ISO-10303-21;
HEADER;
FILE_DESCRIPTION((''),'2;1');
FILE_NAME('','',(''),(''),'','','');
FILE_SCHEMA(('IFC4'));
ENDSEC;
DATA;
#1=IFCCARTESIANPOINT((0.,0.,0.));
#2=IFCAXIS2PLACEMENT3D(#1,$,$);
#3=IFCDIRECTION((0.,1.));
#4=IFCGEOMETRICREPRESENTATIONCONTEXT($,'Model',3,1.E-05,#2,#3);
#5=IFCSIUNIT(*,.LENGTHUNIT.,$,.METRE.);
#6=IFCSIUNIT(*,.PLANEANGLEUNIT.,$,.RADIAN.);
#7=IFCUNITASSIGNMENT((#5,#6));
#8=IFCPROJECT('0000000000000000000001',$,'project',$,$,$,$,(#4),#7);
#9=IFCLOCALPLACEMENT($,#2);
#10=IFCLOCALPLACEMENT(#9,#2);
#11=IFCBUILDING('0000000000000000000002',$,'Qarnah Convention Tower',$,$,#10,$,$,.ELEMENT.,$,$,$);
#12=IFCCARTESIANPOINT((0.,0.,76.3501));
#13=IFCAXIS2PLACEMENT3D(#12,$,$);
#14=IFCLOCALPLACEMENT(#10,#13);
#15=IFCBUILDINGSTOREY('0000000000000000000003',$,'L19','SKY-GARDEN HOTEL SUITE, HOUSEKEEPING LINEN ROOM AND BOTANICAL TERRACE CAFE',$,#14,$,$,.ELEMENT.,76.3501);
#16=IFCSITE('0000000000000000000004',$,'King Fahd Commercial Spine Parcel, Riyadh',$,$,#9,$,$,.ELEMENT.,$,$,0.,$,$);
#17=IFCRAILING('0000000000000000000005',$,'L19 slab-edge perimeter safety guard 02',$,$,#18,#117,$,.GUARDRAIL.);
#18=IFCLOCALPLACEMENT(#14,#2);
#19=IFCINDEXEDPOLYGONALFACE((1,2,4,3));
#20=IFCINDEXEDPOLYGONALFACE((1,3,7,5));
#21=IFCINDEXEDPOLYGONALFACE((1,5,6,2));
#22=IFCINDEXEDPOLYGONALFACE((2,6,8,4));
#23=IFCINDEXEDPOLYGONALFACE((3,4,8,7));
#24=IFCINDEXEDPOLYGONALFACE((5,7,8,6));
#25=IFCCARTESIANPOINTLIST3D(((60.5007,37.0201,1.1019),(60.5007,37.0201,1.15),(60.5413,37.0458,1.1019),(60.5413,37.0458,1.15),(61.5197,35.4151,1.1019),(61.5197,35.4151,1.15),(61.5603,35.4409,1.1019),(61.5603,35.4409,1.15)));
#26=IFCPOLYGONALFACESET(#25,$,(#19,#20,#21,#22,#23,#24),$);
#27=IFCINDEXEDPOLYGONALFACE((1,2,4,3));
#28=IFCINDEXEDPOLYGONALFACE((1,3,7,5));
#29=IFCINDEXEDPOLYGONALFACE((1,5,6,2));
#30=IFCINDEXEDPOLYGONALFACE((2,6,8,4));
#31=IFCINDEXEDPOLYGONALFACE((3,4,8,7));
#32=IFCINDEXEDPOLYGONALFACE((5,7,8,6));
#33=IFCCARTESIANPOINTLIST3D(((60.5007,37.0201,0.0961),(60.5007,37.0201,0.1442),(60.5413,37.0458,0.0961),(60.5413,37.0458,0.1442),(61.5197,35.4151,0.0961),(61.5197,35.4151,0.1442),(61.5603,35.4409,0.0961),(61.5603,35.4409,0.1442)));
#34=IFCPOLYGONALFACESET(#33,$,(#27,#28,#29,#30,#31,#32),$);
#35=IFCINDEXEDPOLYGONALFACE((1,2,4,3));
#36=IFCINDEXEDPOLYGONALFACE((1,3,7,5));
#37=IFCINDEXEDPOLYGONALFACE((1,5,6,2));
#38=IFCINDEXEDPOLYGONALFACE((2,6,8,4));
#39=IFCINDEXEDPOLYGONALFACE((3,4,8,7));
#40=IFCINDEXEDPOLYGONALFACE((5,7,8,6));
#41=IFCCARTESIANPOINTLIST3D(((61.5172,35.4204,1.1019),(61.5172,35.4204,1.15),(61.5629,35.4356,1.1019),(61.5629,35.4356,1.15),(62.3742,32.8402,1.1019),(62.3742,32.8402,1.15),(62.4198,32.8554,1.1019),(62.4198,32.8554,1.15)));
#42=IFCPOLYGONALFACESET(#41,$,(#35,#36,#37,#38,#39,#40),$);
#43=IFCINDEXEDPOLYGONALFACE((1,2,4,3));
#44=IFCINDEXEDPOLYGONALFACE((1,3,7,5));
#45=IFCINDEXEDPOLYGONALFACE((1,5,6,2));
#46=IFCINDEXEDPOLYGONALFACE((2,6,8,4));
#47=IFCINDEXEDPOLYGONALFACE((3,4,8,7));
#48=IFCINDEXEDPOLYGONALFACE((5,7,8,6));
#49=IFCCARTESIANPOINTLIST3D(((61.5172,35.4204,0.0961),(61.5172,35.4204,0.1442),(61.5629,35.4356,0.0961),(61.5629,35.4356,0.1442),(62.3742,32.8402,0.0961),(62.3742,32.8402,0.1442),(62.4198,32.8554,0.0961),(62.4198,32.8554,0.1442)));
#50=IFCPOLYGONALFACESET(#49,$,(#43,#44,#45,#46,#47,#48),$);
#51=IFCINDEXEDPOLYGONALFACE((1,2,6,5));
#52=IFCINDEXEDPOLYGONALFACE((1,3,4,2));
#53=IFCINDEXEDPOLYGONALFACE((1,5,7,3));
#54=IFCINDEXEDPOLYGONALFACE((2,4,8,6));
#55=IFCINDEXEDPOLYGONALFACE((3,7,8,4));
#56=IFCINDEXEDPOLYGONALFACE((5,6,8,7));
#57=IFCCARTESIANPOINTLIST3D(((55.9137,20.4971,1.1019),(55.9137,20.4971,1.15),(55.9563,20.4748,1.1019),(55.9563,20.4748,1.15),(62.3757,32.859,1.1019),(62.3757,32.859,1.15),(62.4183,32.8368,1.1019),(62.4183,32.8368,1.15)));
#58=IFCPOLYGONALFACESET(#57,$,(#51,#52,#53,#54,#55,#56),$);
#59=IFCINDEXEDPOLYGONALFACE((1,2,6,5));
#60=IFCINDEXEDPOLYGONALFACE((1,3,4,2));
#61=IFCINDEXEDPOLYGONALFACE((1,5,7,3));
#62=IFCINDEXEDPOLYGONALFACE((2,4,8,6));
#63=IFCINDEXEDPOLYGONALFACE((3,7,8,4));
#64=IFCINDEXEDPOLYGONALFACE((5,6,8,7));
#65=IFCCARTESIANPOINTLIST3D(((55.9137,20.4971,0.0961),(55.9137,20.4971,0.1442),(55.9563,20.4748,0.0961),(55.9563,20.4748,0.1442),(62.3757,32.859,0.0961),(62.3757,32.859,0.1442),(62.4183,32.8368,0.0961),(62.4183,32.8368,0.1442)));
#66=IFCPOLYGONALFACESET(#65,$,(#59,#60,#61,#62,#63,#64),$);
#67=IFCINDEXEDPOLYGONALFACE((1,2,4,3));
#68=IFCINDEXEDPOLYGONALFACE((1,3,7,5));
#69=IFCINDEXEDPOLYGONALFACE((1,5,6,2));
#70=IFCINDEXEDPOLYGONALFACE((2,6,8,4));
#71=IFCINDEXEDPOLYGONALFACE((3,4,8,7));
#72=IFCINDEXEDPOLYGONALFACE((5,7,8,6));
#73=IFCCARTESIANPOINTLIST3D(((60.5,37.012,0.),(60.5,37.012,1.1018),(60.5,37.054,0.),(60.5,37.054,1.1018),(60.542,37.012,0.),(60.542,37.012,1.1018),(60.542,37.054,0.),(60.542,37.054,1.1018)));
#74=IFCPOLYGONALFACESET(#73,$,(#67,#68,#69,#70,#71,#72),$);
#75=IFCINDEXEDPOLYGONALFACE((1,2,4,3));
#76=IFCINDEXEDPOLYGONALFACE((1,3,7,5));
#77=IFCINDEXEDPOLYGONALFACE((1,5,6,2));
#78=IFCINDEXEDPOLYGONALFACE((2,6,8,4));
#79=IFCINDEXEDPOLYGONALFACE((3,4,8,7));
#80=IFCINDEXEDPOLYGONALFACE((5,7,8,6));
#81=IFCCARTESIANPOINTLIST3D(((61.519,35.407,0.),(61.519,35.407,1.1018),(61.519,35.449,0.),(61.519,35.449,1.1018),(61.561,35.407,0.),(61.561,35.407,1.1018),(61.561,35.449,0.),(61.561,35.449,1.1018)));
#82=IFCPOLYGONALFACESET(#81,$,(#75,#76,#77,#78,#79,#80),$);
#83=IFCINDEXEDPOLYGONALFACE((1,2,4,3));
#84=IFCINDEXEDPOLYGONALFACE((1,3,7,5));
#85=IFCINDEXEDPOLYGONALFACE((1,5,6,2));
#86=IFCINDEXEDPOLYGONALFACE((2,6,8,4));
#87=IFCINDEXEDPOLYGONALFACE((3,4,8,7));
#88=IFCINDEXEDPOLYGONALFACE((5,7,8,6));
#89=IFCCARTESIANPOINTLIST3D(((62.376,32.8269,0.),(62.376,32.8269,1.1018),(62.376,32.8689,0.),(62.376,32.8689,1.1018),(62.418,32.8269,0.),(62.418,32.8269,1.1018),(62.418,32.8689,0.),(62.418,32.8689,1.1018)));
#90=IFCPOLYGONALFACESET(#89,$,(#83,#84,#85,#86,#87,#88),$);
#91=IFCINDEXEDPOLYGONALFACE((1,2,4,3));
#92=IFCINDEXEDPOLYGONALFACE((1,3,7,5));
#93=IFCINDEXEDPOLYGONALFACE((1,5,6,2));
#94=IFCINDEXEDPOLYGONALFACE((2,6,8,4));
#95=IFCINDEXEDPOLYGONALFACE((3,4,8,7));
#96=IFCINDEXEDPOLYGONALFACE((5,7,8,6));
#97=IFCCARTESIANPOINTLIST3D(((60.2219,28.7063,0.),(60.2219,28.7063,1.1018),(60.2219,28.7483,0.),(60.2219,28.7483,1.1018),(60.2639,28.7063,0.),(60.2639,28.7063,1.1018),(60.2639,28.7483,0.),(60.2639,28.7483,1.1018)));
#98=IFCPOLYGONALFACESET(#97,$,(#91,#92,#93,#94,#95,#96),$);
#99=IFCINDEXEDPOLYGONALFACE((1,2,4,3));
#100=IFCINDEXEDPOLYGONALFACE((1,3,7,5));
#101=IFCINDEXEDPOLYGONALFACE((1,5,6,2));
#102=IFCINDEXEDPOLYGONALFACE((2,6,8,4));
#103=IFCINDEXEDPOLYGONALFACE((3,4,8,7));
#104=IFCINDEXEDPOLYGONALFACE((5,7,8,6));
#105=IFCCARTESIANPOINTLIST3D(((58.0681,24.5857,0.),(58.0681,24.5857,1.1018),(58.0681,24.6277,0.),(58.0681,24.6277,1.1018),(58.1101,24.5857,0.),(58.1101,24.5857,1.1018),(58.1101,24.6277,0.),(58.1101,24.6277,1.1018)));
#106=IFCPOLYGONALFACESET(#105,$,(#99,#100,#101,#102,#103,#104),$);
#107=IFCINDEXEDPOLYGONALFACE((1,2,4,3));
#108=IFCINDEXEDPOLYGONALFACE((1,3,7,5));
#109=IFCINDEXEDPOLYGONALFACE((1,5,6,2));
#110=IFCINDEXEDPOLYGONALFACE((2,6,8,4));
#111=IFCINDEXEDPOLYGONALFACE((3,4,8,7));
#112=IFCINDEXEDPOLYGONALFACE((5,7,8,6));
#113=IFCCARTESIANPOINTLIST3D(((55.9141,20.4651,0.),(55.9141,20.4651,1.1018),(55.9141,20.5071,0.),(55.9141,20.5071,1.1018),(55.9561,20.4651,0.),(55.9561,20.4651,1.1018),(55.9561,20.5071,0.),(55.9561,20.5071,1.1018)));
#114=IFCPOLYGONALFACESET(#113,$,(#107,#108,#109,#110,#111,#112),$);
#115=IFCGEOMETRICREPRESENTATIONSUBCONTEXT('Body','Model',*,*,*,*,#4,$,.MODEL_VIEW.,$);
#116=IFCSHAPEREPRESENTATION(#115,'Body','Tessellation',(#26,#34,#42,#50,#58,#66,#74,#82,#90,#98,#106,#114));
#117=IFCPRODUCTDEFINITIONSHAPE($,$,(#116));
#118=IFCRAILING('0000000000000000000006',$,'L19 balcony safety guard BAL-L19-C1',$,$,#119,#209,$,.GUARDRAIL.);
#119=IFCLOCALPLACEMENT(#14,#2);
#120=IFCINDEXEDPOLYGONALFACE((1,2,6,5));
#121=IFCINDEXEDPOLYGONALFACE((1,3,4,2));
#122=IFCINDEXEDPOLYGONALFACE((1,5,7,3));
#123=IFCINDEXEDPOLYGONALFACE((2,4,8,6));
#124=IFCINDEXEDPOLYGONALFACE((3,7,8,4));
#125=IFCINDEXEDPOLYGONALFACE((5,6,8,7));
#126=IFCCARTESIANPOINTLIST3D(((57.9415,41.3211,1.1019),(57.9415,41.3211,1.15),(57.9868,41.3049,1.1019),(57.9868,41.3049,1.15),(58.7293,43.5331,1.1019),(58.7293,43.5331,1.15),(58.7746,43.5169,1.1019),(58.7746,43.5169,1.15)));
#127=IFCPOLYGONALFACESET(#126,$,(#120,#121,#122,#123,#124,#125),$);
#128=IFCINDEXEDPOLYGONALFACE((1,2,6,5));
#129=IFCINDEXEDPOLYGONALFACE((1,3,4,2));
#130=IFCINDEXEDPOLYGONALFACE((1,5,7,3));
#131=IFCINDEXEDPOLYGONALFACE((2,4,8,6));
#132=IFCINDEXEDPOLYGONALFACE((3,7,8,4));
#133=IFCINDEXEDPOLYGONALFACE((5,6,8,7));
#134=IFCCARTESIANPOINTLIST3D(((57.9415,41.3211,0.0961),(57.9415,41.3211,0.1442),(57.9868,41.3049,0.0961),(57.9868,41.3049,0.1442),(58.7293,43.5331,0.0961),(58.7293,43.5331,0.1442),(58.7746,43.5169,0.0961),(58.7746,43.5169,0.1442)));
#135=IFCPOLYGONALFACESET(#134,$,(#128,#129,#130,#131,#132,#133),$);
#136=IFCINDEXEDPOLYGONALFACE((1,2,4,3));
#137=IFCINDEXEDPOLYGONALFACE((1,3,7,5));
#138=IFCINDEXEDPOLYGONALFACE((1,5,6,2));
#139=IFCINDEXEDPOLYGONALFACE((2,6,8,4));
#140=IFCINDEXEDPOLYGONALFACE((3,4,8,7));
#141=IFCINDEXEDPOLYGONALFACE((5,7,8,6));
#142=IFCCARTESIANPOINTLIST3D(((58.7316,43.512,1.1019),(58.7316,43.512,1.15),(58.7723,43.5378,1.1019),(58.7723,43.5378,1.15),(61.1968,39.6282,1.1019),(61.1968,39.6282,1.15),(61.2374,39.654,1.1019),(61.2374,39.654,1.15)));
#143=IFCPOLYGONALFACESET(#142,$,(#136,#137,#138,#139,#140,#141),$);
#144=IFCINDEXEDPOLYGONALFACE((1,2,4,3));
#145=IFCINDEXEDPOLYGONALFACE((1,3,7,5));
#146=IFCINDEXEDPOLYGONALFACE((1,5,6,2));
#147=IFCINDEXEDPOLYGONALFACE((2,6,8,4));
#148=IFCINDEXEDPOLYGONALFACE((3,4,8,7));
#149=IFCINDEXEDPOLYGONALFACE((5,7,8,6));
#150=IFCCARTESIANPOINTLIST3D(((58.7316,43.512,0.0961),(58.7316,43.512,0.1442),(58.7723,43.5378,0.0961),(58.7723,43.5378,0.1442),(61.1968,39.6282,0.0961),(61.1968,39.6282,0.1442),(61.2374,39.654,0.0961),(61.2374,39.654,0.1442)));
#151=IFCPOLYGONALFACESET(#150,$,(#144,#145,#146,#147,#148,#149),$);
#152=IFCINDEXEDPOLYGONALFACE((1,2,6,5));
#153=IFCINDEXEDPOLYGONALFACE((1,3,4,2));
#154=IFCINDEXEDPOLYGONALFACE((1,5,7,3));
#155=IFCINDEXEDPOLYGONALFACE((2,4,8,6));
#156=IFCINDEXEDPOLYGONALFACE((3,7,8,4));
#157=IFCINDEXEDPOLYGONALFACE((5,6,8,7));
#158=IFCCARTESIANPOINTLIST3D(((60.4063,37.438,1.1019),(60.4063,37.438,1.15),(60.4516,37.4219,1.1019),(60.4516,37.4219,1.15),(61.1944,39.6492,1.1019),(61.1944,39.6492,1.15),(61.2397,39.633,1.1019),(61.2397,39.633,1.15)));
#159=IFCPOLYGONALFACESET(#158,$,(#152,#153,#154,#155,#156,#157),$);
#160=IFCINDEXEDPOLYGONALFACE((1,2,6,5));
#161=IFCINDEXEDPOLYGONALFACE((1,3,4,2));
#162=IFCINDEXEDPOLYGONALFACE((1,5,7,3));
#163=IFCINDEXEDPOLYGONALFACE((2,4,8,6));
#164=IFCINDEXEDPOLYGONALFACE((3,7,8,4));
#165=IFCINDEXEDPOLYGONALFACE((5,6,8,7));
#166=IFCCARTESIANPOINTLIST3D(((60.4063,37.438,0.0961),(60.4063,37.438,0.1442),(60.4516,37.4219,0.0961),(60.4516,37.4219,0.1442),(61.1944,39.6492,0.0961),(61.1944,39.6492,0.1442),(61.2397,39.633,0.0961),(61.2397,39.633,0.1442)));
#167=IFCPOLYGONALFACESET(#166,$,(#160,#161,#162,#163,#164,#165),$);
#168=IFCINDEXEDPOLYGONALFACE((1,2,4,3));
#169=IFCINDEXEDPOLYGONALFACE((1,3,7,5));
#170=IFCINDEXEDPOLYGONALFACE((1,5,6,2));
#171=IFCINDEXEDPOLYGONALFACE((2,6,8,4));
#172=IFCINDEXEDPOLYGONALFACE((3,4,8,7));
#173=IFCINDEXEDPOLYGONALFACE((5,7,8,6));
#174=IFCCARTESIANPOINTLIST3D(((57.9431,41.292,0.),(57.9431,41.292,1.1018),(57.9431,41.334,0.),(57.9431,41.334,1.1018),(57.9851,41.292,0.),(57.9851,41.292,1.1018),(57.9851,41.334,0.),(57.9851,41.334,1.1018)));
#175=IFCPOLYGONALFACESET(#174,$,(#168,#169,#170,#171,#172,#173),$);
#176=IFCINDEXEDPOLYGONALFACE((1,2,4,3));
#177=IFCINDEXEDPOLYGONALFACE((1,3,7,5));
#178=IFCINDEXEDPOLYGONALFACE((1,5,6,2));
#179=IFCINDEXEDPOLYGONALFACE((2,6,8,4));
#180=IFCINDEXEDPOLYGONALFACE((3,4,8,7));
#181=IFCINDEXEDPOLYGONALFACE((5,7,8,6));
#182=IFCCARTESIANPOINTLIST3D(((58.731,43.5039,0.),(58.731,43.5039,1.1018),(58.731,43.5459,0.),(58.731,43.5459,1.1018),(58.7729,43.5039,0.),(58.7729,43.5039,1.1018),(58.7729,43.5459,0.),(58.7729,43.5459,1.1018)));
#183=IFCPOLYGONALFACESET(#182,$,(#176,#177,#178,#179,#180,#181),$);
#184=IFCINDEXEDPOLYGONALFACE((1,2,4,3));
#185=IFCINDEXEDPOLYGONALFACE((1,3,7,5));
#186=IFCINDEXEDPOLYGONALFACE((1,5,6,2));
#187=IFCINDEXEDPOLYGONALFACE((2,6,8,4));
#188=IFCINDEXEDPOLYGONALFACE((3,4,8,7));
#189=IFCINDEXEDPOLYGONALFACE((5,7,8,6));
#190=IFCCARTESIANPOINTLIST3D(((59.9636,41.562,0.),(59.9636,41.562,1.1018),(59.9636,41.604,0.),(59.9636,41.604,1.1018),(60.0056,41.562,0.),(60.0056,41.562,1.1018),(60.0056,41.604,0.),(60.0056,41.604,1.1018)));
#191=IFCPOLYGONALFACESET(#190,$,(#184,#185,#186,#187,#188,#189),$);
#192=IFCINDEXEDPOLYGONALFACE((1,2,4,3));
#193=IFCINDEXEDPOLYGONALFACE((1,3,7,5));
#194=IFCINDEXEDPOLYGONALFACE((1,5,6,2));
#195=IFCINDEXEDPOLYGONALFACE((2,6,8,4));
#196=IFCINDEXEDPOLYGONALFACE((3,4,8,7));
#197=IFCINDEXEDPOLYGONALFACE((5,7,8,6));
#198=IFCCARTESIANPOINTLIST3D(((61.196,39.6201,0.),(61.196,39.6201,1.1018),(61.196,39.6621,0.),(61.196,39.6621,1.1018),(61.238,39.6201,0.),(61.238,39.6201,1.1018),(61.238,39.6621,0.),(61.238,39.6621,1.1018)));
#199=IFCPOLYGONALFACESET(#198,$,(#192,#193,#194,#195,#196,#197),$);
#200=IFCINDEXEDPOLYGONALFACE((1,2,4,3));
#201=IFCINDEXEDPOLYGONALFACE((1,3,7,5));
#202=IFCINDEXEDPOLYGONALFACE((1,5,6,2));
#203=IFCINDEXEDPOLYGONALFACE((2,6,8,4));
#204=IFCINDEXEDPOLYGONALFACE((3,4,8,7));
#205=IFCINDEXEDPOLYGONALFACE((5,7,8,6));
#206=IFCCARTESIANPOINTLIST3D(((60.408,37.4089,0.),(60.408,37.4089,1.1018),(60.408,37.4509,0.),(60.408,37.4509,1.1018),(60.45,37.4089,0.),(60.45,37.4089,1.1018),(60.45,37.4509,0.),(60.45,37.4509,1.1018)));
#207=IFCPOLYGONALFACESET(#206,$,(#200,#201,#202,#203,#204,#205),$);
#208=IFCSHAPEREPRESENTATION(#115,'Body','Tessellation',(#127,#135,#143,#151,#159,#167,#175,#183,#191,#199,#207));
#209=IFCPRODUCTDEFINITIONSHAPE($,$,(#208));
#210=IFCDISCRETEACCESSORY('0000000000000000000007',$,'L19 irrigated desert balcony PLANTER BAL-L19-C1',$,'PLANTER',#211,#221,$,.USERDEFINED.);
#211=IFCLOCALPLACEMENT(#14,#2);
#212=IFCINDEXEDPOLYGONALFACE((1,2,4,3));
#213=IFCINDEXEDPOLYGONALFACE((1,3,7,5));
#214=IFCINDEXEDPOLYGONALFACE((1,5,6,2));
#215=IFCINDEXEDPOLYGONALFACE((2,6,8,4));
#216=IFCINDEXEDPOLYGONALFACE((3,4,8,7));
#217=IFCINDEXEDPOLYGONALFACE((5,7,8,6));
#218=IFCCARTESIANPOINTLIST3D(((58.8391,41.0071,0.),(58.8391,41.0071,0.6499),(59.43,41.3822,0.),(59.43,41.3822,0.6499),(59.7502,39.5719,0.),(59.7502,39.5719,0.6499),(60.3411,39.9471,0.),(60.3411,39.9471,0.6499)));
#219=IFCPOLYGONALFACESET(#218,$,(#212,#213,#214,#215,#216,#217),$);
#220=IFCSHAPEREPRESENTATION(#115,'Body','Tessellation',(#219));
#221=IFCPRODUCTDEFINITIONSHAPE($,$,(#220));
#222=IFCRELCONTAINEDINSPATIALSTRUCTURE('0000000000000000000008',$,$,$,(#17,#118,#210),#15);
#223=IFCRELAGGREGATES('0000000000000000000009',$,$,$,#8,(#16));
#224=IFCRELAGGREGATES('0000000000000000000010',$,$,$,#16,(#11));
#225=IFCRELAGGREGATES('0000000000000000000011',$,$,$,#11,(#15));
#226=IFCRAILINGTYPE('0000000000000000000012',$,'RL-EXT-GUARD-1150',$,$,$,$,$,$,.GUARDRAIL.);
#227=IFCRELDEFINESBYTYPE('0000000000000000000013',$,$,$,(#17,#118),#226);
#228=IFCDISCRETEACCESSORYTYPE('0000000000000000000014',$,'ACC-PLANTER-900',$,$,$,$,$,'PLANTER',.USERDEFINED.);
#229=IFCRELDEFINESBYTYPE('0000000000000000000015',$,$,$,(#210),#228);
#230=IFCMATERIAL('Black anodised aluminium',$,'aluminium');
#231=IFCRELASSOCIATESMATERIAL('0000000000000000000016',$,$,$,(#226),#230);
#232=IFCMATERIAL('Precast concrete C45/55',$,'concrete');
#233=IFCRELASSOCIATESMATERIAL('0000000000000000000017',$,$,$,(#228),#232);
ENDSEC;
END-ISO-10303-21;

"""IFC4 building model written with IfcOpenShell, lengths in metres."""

from ifc_helpers import new_model, si_unit, direction, frame, origin, origin_2d, place, context, subcontext, project, spatial, rectangle, extrude, material, type_object, element, save


model = new_model("IFC4")

# Units and contexts
model_context = context("Model", 3, precision=1e-05, world=origin(), true_north=direction((0.0, 1.0)))
body_context = subcontext(model_context, "Body", "Model", "MODEL_VIEW")
ifc_project = project(units=[si_unit("LENGTHUNIT", "METRE"), si_unit("PLANEANGLEUNIT", "RADIAN")], contexts=[model_context])

# Site, building, storey
site_placement = place(None, origin())
site = spatial("IfcSite", under=ifc_project, at=site_placement, Name="King Fahd Commercial Spine Parcel, Riyadh", CompositionType="ELEMENT", RefElevation=0.0)
building_placement = place(site_placement, origin())
building = spatial("IfcBuilding", under=site, at=building_placement, Name="Qarnah Convention Tower", CompositionType="ELEMENT")
storey_placement = place(building_placement, frame((0.0, 0.0, 76.3501)))
storey = spatial("IfcBuildingStorey", under=building, at=storey_placement, Name="L19", Description="SKY-GARDEN HOTEL SUITE, HOUSEKEEPING LINEN ROOM AND BOTANICAL TERRACE CAFE", CompositionType="ELEMENT", Elevation=76.3501)

# Shared definitions
ifc_material_1 = material(Name="Black anodised aluminium", Category="aluminium")

# Shared definitions
ifc_material_2 = material(Name="Precast concrete C45/55", Category="concrete")

# Railings
railing_type = type_object("IfcRailingType", Name="RL-EXT-GUARD-1150", PredefinedType="GUARDRAIL", material=ifc_material_1)
railing_1_placement = place(storey_placement, frame((60.521, 37.033, 0.0)))
element("IfcRailing", 1, at=railing_1_placement, inside=storey, type_object=railing_type, Name="L19 slab-edge perimeter safety guard 02", PredefinedType="GUARDRAIL", context=body_context, shape_type="SweptSolid", body=[
    extrude(rectangle(XDim=0.0481, YDim=0.0481, at=origin_2d()), frame((0.0, 0.0, 1.126), z_axis=(0.536011, -0.844211, 0.0), x_axis=(0.844211, 0.536011, 0.0)), (0.0, 0.0, 1.0), 1.9011),
    extrude(rectangle(XDim=0.0481, YDim=0.0481, at=origin_2d()), frame((0.0, 0.0, 0.1201), z_axis=(0.536011, -0.844211, 0.0), x_axis=(0.844211, 0.536011, 0.0)), (0.0, 0.0, 1.0), 1.9011),
    extrude(rectangle(XDim=0.0481, YDim=0.0481, at=origin_2d()), frame((1.019, -1.605, 1.126), z_axis=(0.315204, -0.949024, 0.0), x_axis=(0.949024, 0.315204, 0.0)), (0.0, 0.0, 1.0), 2.7188),
    extrude(rectangle(XDim=0.0481, YDim=0.0481, at=origin_2d()), frame((1.019, -1.605, 0.1201), z_axis=(0.315204, -0.949024, 0.0), x_axis=(0.949024, 0.315204, 0.0)), (0.0, 0.0, 1.0), 2.7188),
    extrude(rectangle(XDim=0.0481, YDim=0.0481, at=origin_2d()), frame((1.876, -4.1851, 1.126), z_axis=(-0.463257, -0.886224, 0.0), x_axis=(0.886224, -0.463257, 0.0)), (0.0, 0.0, 1.0), 13.949),
    extrude(rectangle(XDim=0.0481, YDim=0.0481, at=origin_2d()), frame((1.876, -4.1851, 0.1201), z_axis=(-0.463257, -0.886224, 0.0), x_axis=(0.886224, -0.463257, 0.0)), (0.0, 0.0, 1.0), 13.949),
    extrude(rectangle(XDim=0.042, YDim=0.042, at=origin_2d()), origin(), (0.0, 0.0, 1.0), 1.1018),
    extrude(rectangle(XDim=0.042, YDim=0.042, at=origin_2d()), frame((1.019, -1.605, 0.0)), (0.0, 0.0, 1.0), 1.1018),
    extrude(rectangle(XDim=0.042, YDim=0.042, at=origin_2d()), frame((1.876, -4.1851, 0.0)), (0.0, 0.0, 1.0), 1.1018),
    extrude(rectangle(XDim=0.042, YDim=0.042, at=origin_2d()), frame((-0.2781, -8.3057, 0.0)), (0.0, 0.0, 1.0), 1.1018),
    extrude(rectangle(XDim=0.042, YDim=0.042, at=origin_2d()), frame((-2.4319, -12.4263, 0.0)), (0.0, 0.0, 1.0), 1.1018),
    extrude(rectangle(XDim=0.042, YDim=0.042, at=origin_2d()), frame((-4.5859, -16.5469, 0.0)), (0.0, 0.0, 1.0), 1.1018),
])
railing_2_placement = place(storey_placement, frame((57.9641, 41.313, 0.0)))
element("IfcRailing", 2, at=railing_2_placement, inside=storey, type_object=railing_type, Name="L19 balcony safety guard BAL-L19-C1", PredefinedType="GUARDRAIL", context=body_context, shape_type="SweptSolid", body=[
    extrude(rectangle(XDim=0.0481, YDim=0.0481, at=origin_2d()), frame((0.0, 0.0, 1.126), z_axis=(0.335533, 0.942029, 0.0), x_axis=(-0.942029, 0.335533, 0.0)), (0.0, 0.0, 1.0), 2.3481),
    extrude(rectangle(XDim=0.0481, YDim=0.0481, at=origin_2d()), frame((0.0, 0.0, 0.1201), z_axis=(0.335533, 0.942029, 0.0), x_axis=(-0.942029, 0.335533, 0.0)), (0.0, 0.0, 1.0), 2.3481),
    extrude(rectangle(XDim=0.0481, YDim=0.0481, at=origin_2d()), frame((0.7878, 2.2119, 1.126), z_axis=(0.535883, -0.844292, 0.0), x_axis=(0.844292, 0.535883, 0.0)), (0.0, 0.0, 1.0), 4.6001),
    extrude(rectangle(XDim=0.0481, YDim=0.0481, at=origin_2d()), frame((0.7878, 2.2119, 0.1201), z_axis=(0.535883, -0.844292, 0.0), x_axis=(0.844292, 0.535883, 0.0)), (0.0, 0.0, 1.0), 4.6001),
    extrude(rectangle(XDim=0.0481, YDim=0.0481, at=origin_2d()), frame((3.2529, -1.6719, 1.126), z_axis=(-0.335724, -0.941961, 0.0), x_axis=(0.941961, -0.335724, 0.0)), (0.0, 0.0, 1.0), 2.3474),
    extrude(rectangle(XDim=0.0481, YDim=0.0481, at=origin_2d()), frame((3.2529, -1.6719, 0.1201), z_axis=(-0.335724, -0.941961, 0.0), x_axis=(0.941961, -0.335724, 0.0)), (0.0, 0.0, 1.0), 2.3474),
    extrude(rectangle(XDim=0.042, YDim=0.042, at=origin_2d()), origin(), (0.0, 0.0, 1.0), 1.1018),
    extrude(rectangle(XDim=0.042, YDim=0.042, at=origin_2d()), frame((0.7878, 2.2119, 0.0)), (0.0, 0.0, 1.0), 1.1018),
    extrude(rectangle(XDim=0.042, YDim=0.042, at=origin_2d()), frame((2.0205, 0.27, 0.0)), (0.0, 0.0, 1.0), 1.1018),
    extrude(rectangle(XDim=0.042, YDim=0.042, at=origin_2d()), frame((3.2529, -1.6719, 0.0)), (0.0, 0.0, 1.0), 1.1018),
    extrude(rectangle(XDim=0.042, YDim=0.042, at=origin_2d()), frame((2.4648, -3.8831, 0.0)), (0.0, 0.0, 1.0), 1.1018),
])

# Discrete accessory
discrete_accessory_type = type_object("IfcDiscreteAccessoryType", Name="ACC-PLANTER-900", ElementType="PLANTER", PredefinedType="USERDEFINED", material=ifc_material_2)
discrete_accessory_placement = place(storey_placement, frame((59.5901, 40.4771, 0.0), z_axis=(0.0, 0.0, 1.0), x_axis=(-0.535974, 0.844234, 0.0)))
element("IfcDiscreteAccessory", 3, at=discrete_accessory_placement, inside=storey, type_object=discrete_accessory_type, Name="L19 irrigated desert balcony PLANTER BAL-L19-C1", ObjectType="PLANTER", PredefinedType="USERDEFINED", context=body_context, shape_type="SweptSolid", body=[
    extrude(rectangle(XDim=1.7, YDim=0.7, at=origin_2d()), origin(), (0.0, 0.0, 1.0), 0.6499),
])

save(model, "model.ifc")
